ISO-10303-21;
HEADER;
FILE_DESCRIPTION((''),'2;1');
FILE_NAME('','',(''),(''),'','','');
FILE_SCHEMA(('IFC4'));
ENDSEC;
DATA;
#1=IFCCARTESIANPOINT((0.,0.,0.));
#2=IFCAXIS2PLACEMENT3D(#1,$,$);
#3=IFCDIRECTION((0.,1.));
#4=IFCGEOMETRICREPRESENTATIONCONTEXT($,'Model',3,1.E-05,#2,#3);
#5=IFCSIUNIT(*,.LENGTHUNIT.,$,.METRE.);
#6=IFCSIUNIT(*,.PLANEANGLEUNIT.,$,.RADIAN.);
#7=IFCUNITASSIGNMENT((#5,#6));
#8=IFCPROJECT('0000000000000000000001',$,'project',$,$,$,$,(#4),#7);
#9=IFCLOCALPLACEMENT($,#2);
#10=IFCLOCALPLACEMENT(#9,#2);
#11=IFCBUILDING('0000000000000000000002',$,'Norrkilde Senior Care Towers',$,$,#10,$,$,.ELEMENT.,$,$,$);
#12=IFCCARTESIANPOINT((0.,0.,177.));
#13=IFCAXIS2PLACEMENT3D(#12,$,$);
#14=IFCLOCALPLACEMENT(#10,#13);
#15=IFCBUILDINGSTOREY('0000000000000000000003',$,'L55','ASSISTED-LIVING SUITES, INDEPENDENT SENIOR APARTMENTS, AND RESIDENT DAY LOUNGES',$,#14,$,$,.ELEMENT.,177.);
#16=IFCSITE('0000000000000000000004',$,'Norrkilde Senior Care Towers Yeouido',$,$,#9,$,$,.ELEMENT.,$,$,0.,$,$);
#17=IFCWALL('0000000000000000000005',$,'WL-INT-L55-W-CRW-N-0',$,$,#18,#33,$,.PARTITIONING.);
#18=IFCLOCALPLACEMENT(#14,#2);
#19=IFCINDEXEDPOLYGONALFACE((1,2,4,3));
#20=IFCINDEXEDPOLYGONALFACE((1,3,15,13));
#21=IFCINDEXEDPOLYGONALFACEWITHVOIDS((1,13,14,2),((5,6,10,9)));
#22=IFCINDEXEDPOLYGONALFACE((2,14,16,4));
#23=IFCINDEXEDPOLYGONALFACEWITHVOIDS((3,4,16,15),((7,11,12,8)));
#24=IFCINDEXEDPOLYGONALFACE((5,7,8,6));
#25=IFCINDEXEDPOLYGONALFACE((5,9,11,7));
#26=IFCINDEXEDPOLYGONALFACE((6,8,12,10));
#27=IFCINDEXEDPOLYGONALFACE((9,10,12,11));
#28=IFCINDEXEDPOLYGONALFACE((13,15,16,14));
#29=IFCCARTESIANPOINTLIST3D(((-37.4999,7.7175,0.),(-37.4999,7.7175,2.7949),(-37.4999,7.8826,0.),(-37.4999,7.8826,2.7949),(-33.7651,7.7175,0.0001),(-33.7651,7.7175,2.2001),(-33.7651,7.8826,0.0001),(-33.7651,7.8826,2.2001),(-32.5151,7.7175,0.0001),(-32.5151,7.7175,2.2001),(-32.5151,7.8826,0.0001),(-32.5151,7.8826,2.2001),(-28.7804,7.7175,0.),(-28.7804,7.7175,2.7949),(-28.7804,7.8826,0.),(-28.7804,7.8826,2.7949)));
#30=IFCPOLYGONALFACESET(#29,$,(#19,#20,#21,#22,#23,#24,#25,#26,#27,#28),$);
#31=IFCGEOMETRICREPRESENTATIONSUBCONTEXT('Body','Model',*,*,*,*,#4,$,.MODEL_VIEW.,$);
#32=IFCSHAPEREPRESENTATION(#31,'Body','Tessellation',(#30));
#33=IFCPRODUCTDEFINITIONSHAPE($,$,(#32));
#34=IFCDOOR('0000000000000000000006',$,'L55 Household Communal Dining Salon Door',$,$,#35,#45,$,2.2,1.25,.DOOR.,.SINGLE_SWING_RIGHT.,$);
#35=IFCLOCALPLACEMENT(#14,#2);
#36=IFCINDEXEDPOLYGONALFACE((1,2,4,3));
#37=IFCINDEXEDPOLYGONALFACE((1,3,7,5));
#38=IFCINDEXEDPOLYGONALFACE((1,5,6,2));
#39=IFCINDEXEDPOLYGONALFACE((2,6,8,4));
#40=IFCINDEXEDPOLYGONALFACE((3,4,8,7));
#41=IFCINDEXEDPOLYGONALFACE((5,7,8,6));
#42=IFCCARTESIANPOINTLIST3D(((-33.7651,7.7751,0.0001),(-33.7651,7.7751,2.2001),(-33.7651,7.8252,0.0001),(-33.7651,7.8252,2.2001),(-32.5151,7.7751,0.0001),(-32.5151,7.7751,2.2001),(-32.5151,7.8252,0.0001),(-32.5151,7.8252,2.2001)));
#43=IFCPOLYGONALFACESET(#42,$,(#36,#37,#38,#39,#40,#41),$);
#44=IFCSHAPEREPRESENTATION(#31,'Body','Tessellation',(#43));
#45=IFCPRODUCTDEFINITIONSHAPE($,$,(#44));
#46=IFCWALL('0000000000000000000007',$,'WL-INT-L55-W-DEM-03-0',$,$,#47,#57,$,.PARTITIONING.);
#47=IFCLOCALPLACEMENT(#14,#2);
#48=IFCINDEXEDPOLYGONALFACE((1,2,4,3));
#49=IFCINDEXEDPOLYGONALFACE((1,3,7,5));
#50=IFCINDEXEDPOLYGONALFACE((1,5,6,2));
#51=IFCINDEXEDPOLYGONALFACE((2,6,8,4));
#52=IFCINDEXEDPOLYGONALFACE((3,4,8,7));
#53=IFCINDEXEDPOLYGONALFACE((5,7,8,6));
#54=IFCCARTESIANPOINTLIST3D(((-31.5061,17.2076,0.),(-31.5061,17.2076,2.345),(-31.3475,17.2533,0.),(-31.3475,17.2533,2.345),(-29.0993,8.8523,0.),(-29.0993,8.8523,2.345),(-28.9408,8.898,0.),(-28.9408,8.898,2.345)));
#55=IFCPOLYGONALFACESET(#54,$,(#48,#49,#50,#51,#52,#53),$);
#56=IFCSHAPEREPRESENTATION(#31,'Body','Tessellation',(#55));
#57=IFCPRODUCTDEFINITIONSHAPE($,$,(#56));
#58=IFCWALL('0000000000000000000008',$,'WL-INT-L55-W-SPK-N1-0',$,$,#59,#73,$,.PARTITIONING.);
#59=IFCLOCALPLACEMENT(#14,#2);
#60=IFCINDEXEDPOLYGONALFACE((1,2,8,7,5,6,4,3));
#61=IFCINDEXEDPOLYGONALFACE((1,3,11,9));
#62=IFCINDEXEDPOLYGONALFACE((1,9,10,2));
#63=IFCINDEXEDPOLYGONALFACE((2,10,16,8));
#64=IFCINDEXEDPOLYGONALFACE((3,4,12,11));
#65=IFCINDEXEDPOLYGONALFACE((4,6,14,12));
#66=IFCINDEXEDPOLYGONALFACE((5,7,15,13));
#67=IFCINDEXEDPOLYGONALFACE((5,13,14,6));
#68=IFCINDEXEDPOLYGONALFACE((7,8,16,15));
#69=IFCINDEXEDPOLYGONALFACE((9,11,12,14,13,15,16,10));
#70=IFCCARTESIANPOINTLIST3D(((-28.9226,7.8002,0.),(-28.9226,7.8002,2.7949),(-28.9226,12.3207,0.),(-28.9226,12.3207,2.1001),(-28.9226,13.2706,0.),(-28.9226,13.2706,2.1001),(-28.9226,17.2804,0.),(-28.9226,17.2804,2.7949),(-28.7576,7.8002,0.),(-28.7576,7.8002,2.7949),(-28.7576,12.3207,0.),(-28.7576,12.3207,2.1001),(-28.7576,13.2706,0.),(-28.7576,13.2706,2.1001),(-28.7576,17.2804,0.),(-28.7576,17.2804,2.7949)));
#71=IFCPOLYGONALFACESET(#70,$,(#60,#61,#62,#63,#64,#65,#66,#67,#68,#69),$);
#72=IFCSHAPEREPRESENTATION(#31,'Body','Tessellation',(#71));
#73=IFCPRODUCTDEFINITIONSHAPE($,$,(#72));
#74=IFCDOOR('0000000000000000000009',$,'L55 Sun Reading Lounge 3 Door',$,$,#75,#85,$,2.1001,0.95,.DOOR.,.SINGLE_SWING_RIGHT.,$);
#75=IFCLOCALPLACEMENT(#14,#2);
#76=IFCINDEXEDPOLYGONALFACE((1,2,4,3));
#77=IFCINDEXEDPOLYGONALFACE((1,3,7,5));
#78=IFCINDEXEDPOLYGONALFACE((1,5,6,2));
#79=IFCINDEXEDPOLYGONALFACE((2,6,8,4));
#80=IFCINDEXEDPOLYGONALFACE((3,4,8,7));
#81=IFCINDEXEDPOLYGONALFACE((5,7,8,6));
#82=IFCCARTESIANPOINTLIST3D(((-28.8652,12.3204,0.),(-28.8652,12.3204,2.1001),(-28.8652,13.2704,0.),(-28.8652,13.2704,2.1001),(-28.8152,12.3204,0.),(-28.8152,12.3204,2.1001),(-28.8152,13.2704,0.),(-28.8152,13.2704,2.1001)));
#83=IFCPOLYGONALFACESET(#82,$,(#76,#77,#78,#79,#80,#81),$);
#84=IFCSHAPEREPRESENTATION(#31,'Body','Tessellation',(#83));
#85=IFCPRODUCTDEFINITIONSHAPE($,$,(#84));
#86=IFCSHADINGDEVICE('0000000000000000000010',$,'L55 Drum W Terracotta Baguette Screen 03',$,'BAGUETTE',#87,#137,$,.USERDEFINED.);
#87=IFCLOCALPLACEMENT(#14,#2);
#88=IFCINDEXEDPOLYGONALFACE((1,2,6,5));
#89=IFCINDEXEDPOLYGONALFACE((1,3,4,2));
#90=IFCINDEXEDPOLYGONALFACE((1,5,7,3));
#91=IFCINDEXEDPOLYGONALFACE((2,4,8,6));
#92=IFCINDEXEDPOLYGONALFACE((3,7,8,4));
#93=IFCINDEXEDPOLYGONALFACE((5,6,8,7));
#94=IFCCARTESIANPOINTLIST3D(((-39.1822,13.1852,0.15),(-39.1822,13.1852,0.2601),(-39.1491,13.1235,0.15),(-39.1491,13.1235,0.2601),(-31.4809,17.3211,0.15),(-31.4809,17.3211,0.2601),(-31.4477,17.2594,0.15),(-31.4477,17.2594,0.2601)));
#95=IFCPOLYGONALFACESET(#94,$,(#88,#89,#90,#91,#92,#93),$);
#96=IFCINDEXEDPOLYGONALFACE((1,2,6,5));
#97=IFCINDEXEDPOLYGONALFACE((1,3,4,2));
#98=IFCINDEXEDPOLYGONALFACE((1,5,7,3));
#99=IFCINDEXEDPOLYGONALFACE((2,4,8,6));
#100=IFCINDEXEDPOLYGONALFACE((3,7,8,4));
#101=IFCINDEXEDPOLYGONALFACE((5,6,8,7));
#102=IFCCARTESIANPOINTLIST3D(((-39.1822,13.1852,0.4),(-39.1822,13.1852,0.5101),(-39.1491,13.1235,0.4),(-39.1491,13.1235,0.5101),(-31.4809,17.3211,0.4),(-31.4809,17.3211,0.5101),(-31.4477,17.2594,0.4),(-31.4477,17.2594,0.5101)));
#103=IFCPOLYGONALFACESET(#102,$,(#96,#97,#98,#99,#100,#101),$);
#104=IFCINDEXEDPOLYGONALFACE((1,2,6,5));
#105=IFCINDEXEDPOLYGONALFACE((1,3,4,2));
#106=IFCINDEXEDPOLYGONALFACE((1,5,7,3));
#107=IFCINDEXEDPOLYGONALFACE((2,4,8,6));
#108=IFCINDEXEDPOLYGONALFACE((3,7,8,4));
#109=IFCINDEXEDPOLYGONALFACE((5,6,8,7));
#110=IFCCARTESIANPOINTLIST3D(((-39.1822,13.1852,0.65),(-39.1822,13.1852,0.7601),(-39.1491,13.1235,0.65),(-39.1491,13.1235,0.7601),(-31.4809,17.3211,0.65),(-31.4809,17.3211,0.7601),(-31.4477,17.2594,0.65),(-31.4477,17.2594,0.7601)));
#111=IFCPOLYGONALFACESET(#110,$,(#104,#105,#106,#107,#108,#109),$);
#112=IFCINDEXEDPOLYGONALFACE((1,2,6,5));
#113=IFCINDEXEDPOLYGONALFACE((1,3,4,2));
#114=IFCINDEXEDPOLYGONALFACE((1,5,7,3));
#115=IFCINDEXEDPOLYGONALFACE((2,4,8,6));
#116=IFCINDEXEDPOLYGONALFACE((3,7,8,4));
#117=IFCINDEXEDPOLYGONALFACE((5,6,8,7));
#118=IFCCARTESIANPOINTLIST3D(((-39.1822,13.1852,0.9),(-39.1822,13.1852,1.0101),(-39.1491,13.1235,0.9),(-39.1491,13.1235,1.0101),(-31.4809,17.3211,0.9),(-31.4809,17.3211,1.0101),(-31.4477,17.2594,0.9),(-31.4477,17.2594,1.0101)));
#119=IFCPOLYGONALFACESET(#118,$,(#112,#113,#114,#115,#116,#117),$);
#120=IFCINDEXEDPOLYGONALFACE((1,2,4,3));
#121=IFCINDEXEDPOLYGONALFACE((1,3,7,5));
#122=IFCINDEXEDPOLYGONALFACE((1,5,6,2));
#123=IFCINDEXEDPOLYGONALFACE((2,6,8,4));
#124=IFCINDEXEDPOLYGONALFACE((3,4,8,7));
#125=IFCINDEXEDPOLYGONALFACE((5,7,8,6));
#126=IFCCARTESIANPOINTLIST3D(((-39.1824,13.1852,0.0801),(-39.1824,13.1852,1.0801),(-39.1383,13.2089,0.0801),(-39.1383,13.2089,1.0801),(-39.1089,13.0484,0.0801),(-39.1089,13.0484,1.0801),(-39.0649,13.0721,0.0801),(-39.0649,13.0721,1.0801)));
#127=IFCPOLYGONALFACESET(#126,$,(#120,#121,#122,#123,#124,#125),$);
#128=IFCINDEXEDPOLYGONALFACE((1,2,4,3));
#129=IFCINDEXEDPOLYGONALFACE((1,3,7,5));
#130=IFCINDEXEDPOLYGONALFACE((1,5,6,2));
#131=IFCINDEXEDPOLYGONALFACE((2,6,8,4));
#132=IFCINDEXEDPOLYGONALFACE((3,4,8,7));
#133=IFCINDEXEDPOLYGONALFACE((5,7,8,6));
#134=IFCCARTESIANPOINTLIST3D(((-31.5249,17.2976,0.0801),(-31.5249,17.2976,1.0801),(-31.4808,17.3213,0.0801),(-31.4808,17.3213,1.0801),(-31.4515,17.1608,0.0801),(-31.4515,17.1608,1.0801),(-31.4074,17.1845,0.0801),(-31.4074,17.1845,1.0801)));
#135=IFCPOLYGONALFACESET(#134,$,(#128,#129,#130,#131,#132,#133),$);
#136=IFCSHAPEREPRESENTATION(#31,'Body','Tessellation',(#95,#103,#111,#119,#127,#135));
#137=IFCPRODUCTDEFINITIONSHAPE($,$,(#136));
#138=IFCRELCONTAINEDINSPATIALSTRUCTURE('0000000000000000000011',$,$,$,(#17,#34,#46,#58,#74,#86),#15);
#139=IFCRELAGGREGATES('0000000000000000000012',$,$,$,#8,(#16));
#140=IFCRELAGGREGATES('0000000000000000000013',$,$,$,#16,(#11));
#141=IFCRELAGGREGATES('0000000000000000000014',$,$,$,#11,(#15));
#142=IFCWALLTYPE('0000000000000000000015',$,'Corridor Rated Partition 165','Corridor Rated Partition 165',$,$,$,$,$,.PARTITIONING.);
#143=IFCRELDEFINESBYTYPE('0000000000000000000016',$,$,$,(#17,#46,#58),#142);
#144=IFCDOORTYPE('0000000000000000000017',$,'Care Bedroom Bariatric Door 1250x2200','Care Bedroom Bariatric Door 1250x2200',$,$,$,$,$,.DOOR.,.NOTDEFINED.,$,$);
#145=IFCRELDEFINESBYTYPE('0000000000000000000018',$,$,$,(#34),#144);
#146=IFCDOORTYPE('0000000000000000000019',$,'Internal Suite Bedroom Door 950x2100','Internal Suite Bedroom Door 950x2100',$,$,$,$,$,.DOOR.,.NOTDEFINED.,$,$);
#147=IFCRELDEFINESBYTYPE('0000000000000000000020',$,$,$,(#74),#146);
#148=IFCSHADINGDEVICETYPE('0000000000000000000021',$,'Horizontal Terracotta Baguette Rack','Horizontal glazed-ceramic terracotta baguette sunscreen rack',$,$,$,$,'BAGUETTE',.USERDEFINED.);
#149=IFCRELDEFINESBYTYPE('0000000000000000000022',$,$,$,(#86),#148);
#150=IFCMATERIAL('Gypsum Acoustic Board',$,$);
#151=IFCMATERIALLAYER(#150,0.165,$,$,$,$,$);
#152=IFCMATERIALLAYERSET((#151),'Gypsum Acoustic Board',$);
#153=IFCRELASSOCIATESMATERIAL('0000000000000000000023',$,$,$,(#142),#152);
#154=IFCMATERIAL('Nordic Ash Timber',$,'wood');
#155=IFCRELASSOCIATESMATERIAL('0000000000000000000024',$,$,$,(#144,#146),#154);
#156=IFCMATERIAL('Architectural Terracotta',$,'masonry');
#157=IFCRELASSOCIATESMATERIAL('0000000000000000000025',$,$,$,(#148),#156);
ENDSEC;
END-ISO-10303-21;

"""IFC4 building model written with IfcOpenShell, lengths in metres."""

from ifc_helpers import new_model, si_unit, direction, frame, frame_2d, origin, origin_2d, place, context, subcontext, project, spatial, rectangle, extrude, source, transform, mapped, material, layer, layer_set, type_object, type_shapes, element, fill, save


model = new_model("IFC4")

# Units and contexts
model_context = context("Model", 3, precision=1e-05, world=origin(), true_north=direction((0.0, 1.0)))
body_context = subcontext(model_context, "Body", "Model", "MODEL_VIEW")
ifc_project = project(units=[si_unit("LENGTHUNIT", "METRE"), si_unit("PLANEANGLEUNIT", "RADIAN")], contexts=[model_context])

# Site, building, storey
site_placement = place(None, origin())
site = spatial("IfcSite", under=ifc_project, at=site_placement, Name="Norrkilde Senior Care Towers Yeouido", CompositionType="ELEMENT", RefElevation=0.0)
building_placement = place(site_placement, origin())
building = spatial("IfcBuilding", under=site, at=building_placement, Name="Norrkilde Senior Care Towers", CompositionType="ELEMENT")
storey_placement = place(building_placement, frame((0.0, 0.0, 177.0)))
storey = spatial("IfcBuildingStorey", under=building, at=storey_placement, Name="L55", Description="ASSISTED-LIVING SUITES, INDEPENDENT SENIOR APARTMENTS, AND RESIDENT DAY LOUNGES", CompositionType="ELEMENT", Elevation=177.0)

# Wall, opening, door
ifc_material_1 = material(Name="Gypsum Acoustic Board")
ifc_layer_1 = layer(ifc_material_1, 0.165)
ifc_layer_set_1 = layer_set([ifc_layer_1], Name="Gypsum Acoustic Board")
wall_type_1 = type_object("IfcWallType", Name="Corridor Rated Partition 165", Description="Corridor Rated Partition 165", PredefinedType="PARTITIONING", material=ifc_layer_set_1)
shared_shape_1 = source(origin(), body_context, "Body", "SweptSolid", [
    extrude(rectangle(XDim=8.7195, YDim=0.165, at=frame_2d((4.3599, 0.0))), origin(), (0.0, 0.0, 1.0), 2.7949),
])
wall_1_placement = place(storey_placement, frame((-37.5, 7.8, 0.0), z_axis=(0.0, 0.0, 1.0), x_axis=(1.0, 0.0, 0.0)))
wall_1 = element("IfcWall", 1, at=wall_1_placement, inside=storey, type_object=wall_type_1, Name="WL-INT-L55-W-CRW-N-0", PredefinedType="PARTITIONING", context=body_context, shape_type="MappedRepresentation", body=[
    mapped(shared_shape_1, transform((0.0, 0.0, 0.0), x_axis=(1.0, 0.0, 0.0), y_axis=(0.0, 1.0, 0.0), z_axis=(0.0, 0.0, 1.0), scale=1.0)),
])
opening_1_placement = place(wall_1_placement, frame((3.7349, 0.0, 0.0)))
opening_1 = element("IfcOpeningElement", 2, at=opening_1_placement, cuts=wall_1, PredefinedType="OPENING", context=body_context, shape_type="SweptSolid", body=[
    extrude(rectangle(XDim=1.25, YDim=2.2, at=frame_2d((0.625, 1.1001))), frame((0.0, 0.0925, 0.0), z_axis=(0.0, -1.0, 0.0), x_axis=(1.0, 0.0, 0.0)), (0.0, 0.0, 1.0), 0.1851),
])
ifc_material_2 = material(Name="Nordic Ash Timber", Category="wood")
door_type_1 = type_object("IfcDoorType", Name="Care Bedroom Bariatric Door 1250x2200", Description="Care Bedroom Bariatric Door 1250x2200", OperationType="NOTDEFINED", PredefinedType="DOOR", material=ifc_material_2)
shared_shape_2 = source(origin(), body_context, "Body", "SweptSolid", [
    extrude(rectangle(XDim=1.25, YDim=2.2, at=frame_2d((0.625, 1.1001))), frame((0.0, 0.0249, 0.0), z_axis=(0.0, -1.0, 0.0), x_axis=(1.0, 0.0, 0.0)), (0.0, 0.0, 1.0), 0.05),
])
type_shapes(door_type_1, [shared_shape_2])
door_1_placement = place(opening_1_placement, frame((1.25, 0.0, 0.0), z_axis=(0.0, 0.0, 1.0), x_axis=(-1.0, 0.0, 0.0)))
door_1 = element("IfcDoor", 3, at=door_1_placement, inside=storey, type_object=door_type_1, Name="L55 Household Communal Dining Salon Door", OperationType="SINGLE_SWING_RIGHT", OverallHeight=2.2, OverallWidth=1.25, PredefinedType="DOOR", context=body_context, shape_type="MappedRepresentation", body=[
    mapped(shared_shape_2, transform((0.0, 0.0, 0.0), x_axis=(1.0, 0.0, 0.0), y_axis=(0.0, 1.0, 0.0), z_axis=(0.0, 0.0, 1.0), scale=1.0)),
])
fill(opening_1, door_1)

# Wall
shared_shape_3 = source(origin(), body_context, "Body", "SweptSolid", [
    extrude(rectangle(XDim=8.6951, YDim=0.165, at=frame_2d((4.3477, 0.0))), origin(), (0.0, 0.0, 1.0), 2.345),
])
wall_2_placement = place(storey_placement, frame((-29.02, 8.875, 0.0), z_axis=(0.0, 0.0, 1.0), x_axis=(-0.276797, 0.960928, 0.0)))
element("IfcWall", 4, at=wall_2_placement, inside=storey, type_object=wall_type_1, Name="WL-INT-L55-W-DEM-03-0", PredefinedType="PARTITIONING", context=body_context, shape_type="MappedRepresentation", body=[
    mapped(shared_shape_3, transform((0.0, 0.0, 0.0), x_axis=(1.0, 0.0, 0.0), y_axis=(0.0, 1.0, 0.0), z_axis=(0.0, 0.0, 1.0), scale=1.0)),
])

# Wall, opening, door
shared_shape_4 = source(origin(), body_context, "Body", "SweptSolid", [
    extrude(rectangle(XDim=9.4802, YDim=0.165, at=frame_2d((4.7402, 0.0))), origin(), (0.0, 0.0, 1.0), 2.7949),
])
type_shapes(wall_type_1, [shared_shape_1, shared_shape_3, shared_shape_4])
wall_3_placement = place(storey_placement, frame((-28.8401, 7.8, 0.0), z_axis=(0.0, 0.0, 1.0), x_axis=(0.0, 1.0, 0.0)))
wall_3 = element("IfcWall", 5, at=wall_3_placement, inside=storey, type_object=wall_type_1, Name="WL-INT-L55-W-SPK-N1-0", PredefinedType="PARTITIONING", context=body_context, shape_type="MappedRepresentation", body=[
    mapped(shared_shape_4, transform((0.0, 0.0, 0.0), x_axis=(1.0, 0.0, 0.0), y_axis=(0.0, 1.0, 0.0), z_axis=(0.0, 0.0, 1.0), scale=1.0)),
])
opening_2_placement = place(wall_3_placement, frame((4.5205, 0.0, 0.0)))
opening_2 = element("IfcOpeningElement", 6, at=opening_2_placement, cuts=wall_3, PredefinedType="OPENING", context=body_context, shape_type="SweptSolid", body=[
    extrude(rectangle(XDim=0.95, YDim=2.1001, at=frame_2d((0.4751, 1.05))), frame((0.0, 0.0925, 0.0), z_axis=(0.0, -1.0, 0.0), x_axis=(1.0, 0.0, 0.0)), (0.0, 0.0, 1.0), 0.1851),
])
door_type_2 = type_object("IfcDoorType", Name="Internal Suite Bedroom Door 950x2100", Description="Internal Suite Bedroom Door 950x2100", OperationType="NOTDEFINED", PredefinedType="DOOR", material=ifc_material_2)
shared_shape_5 = source(origin(), body_context, "Body", "SweptSolid", [
    extrude(rectangle(XDim=0.95, YDim=2.1001, at=frame_2d((0.4751, 1.05))), frame((0.0, 0.0249, 0.0), z_axis=(0.0, -1.0, 0.0), x_axis=(1.0, 0.0, 0.0)), (0.0, 0.0, 1.0), 0.05),
])
type_shapes(door_type_2, [shared_shape_5])
door_2_placement = place(opening_2_placement, frame((0.95, 0.0, 0.0), z_axis=(0.0, 0.0, 1.0), x_axis=(-1.0, 0.0, 0.0)))
door_2 = element("IfcDoor", 7, at=door_2_placement, inside=storey, type_object=door_type_2, Name="L55 Sun Reading Lounge 3 Door", OperationType="SINGLE_SWING_RIGHT", OverallHeight=2.1001, OverallWidth=0.95, PredefinedType="DOOR", context=body_context, shape_type="MappedRepresentation", body=[
    mapped(shared_shape_5, transform((0.0, 0.0, 0.0), x_axis=(1.0, 0.0, 0.0), y_axis=(0.0, 1.0, 0.0), z_axis=(0.0, 0.0, 1.0), scale=1.0)),
])
fill(opening_2, door_2)

# Shading device
ifc_material_3 = material(Name="Architectural Terracotta", Category="masonry")
shading_device_type = type_object("IfcShadingDeviceType", Name="Horizontal Terracotta Baguette Rack", Description="Horizontal glazed-ceramic terracotta baguette sunscreen rack", ElementType="BAGUETTE", PredefinedType="USERDEFINED", material=ifc_material_3)
shared_shape_6 = source(origin(), body_context, "Body", "SweptSolid", [
    extrude(rectangle(XDim=0.0701, YDim=0.1101, at=origin_2d()), frame((0.0, 0.0901, 0.125), z_axis=(1.0, 0.0, 0.0), x_axis=(0.0, 1.0, 0.0)), (0.0, 0.0, 1.0), 8.7417),
    extrude(rectangle(XDim=0.0701, YDim=0.1101, at=origin_2d()), frame((0.0, 0.0901, 0.375), z_axis=(1.0, 0.0, 0.0), x_axis=(0.0, 1.0, 0.0)), (0.0, 0.0, 1.0), 8.7417),
    extrude(rectangle(XDim=0.0701, YDim=0.1101, at=origin_2d()), frame((0.0, 0.0901, 0.625), z_axis=(1.0, 0.0, 0.0), x_axis=(0.0, 1.0, 0.0)), (0.0, 0.0, 1.0), 8.7417),
    extrude(rectangle(XDim=0.0701, YDim=0.1101, at=origin_2d()), frame((0.0, 0.0901, 0.875), z_axis=(1.0, 0.0, 0.0), x_axis=(0.0, 1.0, 0.0)), (0.0, 0.0, 1.0), 8.7417),
    extrude(rectangle(XDim=0.05, YDim=0.1553, at=origin_2d()), frame((0.0249, 0.0476, 0.0)), (0.0, 0.0, 1.0), 1.0),
    extrude(rectangle(XDim=0.05, YDim=0.1553, at=origin_2d()), frame((8.7168, 0.0476, 0.0)), (0.0, 0.0, 1.0), 1.0),
])
type_shapes(shading_device_type, [shared_shape_6])
shading_device_placement = place(storey_placement, frame((-39.123, 13.075, 0.0801), z_axis=(0.0, 0.0, 1.0), x_axis=(0.880998, 0.473133, 0.0)))
element("IfcShadingDevice", 8, at=shading_device_placement, inside=storey, type_object=shading_device_type, Name="L55 Drum W Terracotta Baguette Screen 03", ObjectType="BAGUETTE", PredefinedType="USERDEFINED", context=body_context, shape_type="MappedRepresentation", body=[
    mapped(shared_shape_6, transform((0.0, 0.0, 0.0), x_axis=(1.0, 0.0, 0.0), y_axis=(0.0, 1.0, 0.0), z_axis=(0.0, 0.0, 1.0), scale=1.0)),
])

save(model, "model.ifc")
